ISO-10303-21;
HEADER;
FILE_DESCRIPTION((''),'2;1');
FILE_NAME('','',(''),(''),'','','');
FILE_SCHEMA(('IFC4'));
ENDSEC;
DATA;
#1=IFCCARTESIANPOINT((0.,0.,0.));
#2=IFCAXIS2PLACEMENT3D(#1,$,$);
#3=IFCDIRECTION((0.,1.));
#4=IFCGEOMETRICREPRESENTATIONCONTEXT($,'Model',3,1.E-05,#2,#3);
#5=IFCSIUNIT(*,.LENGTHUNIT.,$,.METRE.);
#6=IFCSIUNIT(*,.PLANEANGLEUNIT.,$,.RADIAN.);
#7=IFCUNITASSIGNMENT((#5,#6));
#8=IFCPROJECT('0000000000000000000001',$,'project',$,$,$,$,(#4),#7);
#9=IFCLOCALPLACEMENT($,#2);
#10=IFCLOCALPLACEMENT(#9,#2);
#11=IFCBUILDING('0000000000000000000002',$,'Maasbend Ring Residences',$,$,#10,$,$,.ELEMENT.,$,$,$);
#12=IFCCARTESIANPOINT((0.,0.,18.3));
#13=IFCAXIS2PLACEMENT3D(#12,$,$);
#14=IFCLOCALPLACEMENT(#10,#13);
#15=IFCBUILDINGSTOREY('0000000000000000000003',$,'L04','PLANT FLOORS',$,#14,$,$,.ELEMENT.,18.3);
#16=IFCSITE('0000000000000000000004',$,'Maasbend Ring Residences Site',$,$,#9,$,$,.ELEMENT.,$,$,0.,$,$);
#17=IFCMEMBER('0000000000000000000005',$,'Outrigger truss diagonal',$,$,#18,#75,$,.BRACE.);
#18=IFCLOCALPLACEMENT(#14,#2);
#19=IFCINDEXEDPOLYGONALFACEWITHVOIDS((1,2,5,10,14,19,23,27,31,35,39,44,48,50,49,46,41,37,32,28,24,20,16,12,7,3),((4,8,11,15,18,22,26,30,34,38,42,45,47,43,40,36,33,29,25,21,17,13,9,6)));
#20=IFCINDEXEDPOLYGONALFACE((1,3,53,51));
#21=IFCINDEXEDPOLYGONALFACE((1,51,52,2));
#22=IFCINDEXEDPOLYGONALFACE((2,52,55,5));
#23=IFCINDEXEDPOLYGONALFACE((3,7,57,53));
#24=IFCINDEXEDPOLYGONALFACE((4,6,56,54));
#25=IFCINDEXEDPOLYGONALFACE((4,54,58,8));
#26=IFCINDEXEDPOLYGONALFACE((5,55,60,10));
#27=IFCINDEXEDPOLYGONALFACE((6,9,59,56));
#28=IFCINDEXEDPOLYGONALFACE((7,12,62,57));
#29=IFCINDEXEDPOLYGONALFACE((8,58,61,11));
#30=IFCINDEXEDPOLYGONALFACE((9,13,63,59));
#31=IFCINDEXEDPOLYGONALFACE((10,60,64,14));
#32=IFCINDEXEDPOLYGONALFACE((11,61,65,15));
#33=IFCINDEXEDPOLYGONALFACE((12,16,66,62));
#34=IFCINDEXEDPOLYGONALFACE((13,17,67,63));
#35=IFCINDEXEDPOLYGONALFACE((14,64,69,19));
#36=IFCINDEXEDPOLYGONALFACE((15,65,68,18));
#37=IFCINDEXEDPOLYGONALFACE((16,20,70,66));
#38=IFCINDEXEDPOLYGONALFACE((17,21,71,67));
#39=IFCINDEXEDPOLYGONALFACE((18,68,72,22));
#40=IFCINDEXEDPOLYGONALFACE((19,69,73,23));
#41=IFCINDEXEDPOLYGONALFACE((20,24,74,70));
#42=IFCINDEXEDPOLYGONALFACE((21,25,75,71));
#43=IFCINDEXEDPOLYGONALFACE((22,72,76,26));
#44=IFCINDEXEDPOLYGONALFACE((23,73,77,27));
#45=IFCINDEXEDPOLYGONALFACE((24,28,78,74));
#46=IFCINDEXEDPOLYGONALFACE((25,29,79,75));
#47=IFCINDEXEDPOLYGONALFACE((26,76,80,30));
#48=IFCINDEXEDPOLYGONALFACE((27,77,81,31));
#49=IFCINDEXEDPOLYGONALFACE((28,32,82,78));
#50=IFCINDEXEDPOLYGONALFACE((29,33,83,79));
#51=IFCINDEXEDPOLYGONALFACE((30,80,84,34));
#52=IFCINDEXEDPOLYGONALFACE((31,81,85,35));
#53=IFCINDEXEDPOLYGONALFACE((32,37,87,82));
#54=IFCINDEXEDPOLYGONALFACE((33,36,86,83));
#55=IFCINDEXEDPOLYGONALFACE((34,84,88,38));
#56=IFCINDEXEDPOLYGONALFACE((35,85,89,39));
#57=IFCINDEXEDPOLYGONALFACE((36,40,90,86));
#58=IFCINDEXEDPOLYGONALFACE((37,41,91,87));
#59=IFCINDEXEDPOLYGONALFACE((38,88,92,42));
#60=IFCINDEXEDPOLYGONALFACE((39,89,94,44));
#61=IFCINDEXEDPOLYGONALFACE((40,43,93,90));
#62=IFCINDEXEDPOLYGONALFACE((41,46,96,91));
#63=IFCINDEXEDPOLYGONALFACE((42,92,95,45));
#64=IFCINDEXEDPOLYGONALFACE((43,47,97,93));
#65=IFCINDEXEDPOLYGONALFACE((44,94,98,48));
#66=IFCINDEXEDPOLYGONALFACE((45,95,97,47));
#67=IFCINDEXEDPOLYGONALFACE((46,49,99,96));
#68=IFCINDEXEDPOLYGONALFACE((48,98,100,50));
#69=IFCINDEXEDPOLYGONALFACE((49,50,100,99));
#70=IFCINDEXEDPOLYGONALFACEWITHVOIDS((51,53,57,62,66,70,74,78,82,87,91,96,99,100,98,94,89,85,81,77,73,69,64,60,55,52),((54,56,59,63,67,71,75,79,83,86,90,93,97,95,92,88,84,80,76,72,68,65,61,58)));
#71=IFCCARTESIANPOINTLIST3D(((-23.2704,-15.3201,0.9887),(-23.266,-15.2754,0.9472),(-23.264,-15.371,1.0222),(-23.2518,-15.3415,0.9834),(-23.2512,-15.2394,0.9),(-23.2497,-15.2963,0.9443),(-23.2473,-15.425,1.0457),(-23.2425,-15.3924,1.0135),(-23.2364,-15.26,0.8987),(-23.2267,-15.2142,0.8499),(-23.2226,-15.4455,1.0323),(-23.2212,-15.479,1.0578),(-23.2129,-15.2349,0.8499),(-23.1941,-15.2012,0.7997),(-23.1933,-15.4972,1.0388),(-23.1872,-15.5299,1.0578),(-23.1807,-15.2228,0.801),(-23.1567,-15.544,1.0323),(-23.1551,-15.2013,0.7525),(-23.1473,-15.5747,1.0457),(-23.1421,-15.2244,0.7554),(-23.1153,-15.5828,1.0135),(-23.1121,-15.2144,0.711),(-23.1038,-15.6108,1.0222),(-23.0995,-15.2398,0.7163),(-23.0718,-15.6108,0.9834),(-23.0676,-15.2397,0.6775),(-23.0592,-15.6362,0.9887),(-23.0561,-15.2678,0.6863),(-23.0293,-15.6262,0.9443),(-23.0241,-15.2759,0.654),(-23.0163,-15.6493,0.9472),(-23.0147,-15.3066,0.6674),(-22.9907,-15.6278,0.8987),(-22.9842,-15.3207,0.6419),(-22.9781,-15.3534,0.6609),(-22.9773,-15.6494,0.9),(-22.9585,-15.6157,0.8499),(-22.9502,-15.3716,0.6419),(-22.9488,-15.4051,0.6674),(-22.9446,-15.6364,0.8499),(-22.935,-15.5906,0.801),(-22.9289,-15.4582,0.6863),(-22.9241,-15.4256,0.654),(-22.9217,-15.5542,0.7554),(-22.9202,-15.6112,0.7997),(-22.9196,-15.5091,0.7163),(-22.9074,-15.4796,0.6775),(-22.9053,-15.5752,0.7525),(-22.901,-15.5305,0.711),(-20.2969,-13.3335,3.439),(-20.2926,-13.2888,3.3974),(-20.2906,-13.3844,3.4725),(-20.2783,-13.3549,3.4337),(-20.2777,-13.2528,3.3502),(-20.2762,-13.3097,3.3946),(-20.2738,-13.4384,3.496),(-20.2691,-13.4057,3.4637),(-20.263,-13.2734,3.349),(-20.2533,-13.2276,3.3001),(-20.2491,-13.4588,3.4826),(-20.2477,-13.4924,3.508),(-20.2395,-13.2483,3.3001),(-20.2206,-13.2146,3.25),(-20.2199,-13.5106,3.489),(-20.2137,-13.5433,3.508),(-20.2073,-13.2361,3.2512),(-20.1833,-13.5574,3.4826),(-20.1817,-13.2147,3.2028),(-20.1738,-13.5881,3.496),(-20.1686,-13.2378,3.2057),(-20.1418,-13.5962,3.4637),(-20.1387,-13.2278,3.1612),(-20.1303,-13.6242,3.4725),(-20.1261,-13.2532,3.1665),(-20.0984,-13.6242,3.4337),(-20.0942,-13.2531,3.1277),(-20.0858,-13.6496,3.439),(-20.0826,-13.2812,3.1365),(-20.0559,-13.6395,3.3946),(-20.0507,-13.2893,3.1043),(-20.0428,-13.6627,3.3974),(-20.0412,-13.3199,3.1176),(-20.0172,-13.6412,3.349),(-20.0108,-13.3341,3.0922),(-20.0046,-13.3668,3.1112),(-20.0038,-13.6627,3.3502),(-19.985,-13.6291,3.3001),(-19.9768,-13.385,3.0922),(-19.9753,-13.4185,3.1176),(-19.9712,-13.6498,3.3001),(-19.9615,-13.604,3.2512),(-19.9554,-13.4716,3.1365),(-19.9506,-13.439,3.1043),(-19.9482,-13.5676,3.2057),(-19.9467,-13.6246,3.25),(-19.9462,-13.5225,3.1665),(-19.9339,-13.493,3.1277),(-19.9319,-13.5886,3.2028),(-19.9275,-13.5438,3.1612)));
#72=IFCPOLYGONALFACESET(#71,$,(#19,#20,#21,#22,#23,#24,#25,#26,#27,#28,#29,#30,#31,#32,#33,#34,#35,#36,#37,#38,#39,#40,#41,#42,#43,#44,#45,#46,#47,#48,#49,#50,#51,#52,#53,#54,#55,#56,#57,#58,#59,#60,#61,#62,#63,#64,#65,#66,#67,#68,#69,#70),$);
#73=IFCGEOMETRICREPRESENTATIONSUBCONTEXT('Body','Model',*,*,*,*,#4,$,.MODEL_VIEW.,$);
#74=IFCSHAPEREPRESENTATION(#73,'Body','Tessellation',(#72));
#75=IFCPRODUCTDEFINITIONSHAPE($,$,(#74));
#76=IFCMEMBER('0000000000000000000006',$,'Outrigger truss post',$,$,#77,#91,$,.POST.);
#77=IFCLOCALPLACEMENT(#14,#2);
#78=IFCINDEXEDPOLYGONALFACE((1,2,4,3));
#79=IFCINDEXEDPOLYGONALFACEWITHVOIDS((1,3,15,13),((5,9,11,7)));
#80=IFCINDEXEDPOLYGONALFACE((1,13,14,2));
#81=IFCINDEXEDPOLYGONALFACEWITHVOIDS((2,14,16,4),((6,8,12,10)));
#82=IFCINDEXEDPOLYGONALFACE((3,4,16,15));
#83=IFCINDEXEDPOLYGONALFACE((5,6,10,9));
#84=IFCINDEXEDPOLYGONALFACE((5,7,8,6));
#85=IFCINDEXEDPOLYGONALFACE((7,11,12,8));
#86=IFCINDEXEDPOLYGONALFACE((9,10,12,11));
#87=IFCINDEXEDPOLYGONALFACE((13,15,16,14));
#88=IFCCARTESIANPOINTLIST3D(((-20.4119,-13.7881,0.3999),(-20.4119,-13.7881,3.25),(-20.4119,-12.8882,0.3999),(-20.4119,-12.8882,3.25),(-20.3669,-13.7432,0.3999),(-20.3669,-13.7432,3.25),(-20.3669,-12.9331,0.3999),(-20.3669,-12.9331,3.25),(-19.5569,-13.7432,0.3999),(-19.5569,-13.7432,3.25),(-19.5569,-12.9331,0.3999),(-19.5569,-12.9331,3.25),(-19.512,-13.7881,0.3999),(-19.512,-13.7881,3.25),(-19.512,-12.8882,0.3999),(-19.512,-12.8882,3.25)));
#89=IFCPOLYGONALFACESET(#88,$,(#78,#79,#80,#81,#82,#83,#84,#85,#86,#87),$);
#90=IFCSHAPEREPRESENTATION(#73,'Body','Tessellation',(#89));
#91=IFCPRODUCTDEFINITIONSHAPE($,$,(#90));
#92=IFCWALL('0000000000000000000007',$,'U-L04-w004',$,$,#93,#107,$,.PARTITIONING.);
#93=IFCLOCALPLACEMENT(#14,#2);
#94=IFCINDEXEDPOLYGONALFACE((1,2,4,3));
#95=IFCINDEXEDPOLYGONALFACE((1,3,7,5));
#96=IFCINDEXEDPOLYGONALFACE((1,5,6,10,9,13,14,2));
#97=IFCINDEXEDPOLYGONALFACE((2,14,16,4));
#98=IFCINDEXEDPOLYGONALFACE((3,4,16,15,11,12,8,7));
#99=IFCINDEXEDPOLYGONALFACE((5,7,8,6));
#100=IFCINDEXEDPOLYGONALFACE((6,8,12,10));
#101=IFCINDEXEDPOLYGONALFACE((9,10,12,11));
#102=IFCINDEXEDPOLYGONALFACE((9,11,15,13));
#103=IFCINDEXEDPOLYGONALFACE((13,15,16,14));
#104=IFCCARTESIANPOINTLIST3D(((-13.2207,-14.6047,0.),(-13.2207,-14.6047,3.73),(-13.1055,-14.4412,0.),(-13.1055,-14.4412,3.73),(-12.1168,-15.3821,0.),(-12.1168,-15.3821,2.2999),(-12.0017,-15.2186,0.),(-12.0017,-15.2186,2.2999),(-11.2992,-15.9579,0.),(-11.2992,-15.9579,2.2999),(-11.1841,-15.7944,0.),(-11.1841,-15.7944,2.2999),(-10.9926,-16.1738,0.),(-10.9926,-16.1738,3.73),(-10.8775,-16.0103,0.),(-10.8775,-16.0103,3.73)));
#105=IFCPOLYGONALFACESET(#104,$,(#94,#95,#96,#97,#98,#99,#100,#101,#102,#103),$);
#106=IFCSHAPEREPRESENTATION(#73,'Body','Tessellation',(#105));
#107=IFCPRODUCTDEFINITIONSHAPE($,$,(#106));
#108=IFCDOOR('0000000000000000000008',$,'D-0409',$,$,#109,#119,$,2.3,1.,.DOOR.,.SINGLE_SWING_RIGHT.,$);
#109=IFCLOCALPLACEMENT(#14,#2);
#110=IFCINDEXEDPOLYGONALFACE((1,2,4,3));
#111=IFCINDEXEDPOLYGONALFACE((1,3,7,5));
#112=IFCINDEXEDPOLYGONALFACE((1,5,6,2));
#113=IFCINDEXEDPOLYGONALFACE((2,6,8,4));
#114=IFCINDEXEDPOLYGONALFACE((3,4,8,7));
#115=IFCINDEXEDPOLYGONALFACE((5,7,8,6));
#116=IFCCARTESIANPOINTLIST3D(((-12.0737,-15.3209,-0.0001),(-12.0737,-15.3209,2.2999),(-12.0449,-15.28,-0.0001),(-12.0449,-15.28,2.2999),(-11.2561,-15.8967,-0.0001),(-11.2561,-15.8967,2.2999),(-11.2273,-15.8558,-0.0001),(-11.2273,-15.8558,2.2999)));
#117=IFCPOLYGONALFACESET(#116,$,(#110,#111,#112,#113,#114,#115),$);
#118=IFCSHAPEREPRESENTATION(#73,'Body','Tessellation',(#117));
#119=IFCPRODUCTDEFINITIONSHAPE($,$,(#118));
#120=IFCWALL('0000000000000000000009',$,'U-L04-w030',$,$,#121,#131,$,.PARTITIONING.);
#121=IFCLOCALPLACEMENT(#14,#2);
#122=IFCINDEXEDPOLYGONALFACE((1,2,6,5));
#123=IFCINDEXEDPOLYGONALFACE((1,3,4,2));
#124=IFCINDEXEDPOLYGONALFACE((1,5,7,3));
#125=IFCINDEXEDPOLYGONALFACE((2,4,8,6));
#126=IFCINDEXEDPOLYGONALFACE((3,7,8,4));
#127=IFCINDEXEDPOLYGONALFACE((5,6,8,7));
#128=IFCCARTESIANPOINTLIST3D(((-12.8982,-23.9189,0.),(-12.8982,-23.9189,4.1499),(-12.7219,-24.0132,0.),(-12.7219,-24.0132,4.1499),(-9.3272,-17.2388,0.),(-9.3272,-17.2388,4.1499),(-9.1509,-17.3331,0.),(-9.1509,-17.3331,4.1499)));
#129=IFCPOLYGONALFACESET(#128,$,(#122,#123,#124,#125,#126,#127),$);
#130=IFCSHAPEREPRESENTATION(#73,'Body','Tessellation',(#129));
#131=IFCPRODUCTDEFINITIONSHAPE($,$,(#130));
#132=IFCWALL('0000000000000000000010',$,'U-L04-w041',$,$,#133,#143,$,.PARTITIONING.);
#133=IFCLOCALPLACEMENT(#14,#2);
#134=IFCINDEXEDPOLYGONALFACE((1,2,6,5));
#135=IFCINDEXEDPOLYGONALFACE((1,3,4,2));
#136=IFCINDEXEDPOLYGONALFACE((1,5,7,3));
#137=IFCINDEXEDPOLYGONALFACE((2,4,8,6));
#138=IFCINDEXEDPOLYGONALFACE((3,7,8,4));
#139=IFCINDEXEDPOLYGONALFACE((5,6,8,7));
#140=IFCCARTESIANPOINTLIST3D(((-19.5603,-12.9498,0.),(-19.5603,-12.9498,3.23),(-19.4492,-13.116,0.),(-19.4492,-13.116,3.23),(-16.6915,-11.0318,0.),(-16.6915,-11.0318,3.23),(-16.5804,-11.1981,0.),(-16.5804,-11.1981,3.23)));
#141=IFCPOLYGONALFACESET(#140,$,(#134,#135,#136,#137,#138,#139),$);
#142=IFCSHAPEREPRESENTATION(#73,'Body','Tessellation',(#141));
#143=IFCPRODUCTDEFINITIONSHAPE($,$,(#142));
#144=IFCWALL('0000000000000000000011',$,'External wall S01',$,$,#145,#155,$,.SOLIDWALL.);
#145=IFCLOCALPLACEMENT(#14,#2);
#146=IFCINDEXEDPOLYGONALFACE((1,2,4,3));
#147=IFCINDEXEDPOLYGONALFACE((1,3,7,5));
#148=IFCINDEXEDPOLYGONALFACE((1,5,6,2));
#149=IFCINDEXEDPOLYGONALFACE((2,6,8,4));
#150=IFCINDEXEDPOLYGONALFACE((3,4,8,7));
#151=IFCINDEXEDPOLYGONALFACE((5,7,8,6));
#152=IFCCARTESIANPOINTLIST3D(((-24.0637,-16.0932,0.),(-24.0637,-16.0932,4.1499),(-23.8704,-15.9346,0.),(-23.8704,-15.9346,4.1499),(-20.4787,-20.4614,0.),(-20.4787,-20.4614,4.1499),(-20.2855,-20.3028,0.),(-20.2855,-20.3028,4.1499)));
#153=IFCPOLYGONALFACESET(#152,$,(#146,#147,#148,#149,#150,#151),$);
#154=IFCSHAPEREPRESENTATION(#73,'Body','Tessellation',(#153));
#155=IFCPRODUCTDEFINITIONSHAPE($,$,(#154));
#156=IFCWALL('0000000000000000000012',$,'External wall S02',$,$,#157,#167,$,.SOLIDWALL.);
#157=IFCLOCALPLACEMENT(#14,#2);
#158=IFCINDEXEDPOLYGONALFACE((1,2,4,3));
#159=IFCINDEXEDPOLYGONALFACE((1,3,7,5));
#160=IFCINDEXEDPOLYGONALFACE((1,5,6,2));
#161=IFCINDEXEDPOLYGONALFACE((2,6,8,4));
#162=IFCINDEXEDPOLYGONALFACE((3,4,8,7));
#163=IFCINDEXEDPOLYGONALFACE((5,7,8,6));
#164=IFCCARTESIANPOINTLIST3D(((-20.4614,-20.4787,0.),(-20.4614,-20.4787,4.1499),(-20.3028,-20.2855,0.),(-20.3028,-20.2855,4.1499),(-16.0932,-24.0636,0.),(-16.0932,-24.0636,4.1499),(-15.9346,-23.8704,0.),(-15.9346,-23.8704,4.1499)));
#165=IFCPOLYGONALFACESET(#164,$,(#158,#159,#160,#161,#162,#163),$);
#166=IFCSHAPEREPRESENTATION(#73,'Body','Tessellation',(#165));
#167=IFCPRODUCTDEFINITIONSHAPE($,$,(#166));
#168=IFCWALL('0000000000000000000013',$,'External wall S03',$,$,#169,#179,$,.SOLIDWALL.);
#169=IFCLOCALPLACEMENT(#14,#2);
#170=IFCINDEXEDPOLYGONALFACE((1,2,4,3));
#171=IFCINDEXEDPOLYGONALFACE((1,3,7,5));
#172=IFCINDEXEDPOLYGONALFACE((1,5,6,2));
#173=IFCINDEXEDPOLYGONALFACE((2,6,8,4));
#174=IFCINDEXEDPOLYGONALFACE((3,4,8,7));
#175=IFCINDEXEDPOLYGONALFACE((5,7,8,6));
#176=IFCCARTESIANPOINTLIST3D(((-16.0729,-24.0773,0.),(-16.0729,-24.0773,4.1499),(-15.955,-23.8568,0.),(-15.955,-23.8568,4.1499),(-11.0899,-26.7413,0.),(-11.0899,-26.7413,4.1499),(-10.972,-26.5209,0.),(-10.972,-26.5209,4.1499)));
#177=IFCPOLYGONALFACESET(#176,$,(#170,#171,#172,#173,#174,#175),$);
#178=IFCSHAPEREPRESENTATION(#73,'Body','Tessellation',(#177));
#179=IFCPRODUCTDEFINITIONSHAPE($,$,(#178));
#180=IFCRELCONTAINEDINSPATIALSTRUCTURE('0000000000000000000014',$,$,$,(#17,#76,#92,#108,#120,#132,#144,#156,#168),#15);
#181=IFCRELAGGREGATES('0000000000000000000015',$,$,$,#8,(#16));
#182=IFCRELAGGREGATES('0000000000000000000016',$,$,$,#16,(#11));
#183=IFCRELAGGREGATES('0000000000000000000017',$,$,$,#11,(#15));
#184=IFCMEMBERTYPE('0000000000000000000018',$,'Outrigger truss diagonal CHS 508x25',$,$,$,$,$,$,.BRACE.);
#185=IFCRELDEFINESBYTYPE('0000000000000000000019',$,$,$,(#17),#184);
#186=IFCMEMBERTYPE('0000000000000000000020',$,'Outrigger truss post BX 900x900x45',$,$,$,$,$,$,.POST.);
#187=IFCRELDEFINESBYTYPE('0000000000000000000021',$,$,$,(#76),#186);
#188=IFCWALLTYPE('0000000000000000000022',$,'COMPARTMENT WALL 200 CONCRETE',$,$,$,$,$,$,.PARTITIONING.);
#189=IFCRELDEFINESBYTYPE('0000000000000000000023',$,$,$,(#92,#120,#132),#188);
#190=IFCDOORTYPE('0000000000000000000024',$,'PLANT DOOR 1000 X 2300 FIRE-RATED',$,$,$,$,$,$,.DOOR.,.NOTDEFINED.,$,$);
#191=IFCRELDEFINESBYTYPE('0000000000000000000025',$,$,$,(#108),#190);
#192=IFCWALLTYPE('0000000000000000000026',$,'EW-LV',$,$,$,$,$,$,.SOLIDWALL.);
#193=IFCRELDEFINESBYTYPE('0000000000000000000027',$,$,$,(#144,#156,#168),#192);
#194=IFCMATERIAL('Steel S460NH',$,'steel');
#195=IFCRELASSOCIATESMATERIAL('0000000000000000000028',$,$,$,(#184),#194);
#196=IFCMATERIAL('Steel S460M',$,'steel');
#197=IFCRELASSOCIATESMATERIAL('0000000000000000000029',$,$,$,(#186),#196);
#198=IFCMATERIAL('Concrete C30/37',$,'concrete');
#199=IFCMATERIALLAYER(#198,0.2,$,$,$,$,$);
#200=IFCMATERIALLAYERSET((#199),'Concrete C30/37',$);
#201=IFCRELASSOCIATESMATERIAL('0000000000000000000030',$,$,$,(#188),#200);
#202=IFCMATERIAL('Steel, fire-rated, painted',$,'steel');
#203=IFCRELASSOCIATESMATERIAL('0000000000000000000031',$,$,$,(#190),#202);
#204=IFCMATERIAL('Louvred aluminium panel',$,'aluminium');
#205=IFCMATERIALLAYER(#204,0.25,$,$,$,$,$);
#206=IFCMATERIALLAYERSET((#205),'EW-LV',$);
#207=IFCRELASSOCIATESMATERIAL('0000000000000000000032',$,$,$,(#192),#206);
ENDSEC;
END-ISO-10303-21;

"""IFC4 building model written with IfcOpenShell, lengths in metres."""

from ifc_helpers import new_model, si_unit, direction, frame, frame_2d, origin, origin_2d, place, context, subcontext, project, spatial, rectangle, hollow_rectangle, hollow_circle, extrude, material, layer, layer_set, material_profile, profile_set, type_object, element, fill, save


model = new_model("IFC4")

# Units and contexts
model_context = context("Model", 3, precision=1e-05, world=origin(), true_north=direction((0.0, 1.0)))
body_context = subcontext(model_context, "Body", "Model", "MODEL_VIEW")
ifc_project = project(units=[si_unit("LENGTHUNIT", "METRE"), si_unit("PLANEANGLEUNIT", "RADIAN")], contexts=[model_context])

# Site, building, storey
site_placement = place(None, origin())
site = spatial("IfcSite", under=ifc_project, at=site_placement, Name="Maasbend Ring Residences Site", CompositionType="ELEMENT", RefElevation=0.0)
building_placement = place(site_placement, origin())
building = spatial("IfcBuilding", under=site, at=building_placement, Name="Maasbend Ring Residences", CompositionType="ELEMENT")
storey_placement = place(building_placement, frame((0.0, 0.0, 18.3)))
storey = spatial("IfcBuildingStorey", under=building, at=storey_placement, Name="L04", Description="PLANT FLOORS", CompositionType="ELEMENT", Elevation=18.3)

# Members
ifc_material_1 = material(Name="Steel S460NH", Category="steel")
ifc_material_profile_1 = material_profile(ifc_material_1, hollow_circle(Radius=0.2539, WallThickness=0.0249, at=origin_2d()), Name="Outrigger truss diagonal CHS 508x25")
ifc_profile_set_1 = profile_set([ifc_material_profile_1], Name="Steel S460NH")
member_type_1 = type_object("IfcMemberType", Name="Outrigger truss diagonal CHS 508x25", PredefinedType="BRACE", material=ifc_profile_set_1)
member_1_placement = place(storey_placement, frame((-23.0857, -15.4253, 0.8499), z_axis=(0.685926, 0.458279, 0.565231), x_axis=(-0.555535, 0.831493, 0.0)))
element("IfcMember", 1, at=member_1_placement, inside=storey, type_object=member_type_1, Name="Outrigger truss diagonal", PredefinedType="BRACE", context=body_context, shape_type="SweptSolid", body=[
    extrude(hollow_circle(Radius=0.2539, WallThickness=0.0249, at=origin_2d()), origin(), (0.0, 0.0, 1.0), 4.335),
])
ifc_material_2 = material(Name="Steel S460M", Category="steel")
ifc_material_profile_2 = material_profile(ifc_material_2, hollow_rectangle(XDim=0.8999, YDim=0.8999, WallThickness=0.0449, at=origin_2d()), Name="Outrigger truss post BX 900x900x45")
ifc_profile_set_2 = profile_set([ifc_material_profile_2], Name="Steel S460M")
member_type_2 = type_object("IfcMemberType", Name="Outrigger truss post BX 900x900x45", PredefinedType="POST", material=ifc_profile_set_2)
member_2_placement = place(storey_placement, frame((-19.9619, -13.3381, 0.3999), z_axis=(0.0, 0.0, 1.0), x_axis=(1.0, 0.0, 0.0)))
element("IfcMember", 2, at=member_2_placement, inside=storey, type_object=member_type_2, Name="Outrigger truss post", PredefinedType="POST", context=body_context, shape_type="SweptSolid", body=[
    extrude(hollow_rectangle(XDim=0.8999, YDim=0.8999, WallThickness=0.0449, at=origin_2d()), origin(), (0.0, 0.0, 1.0), 2.8501),
])

# Wall, opening, door
ifc_material_3 = material(Name="Concrete C30/37", Category="concrete")
ifc_layer_1 = layer(ifc_material_3, 0.2)
ifc_layer_set_1 = layer_set([ifc_layer_1], Name="Concrete C30/37")
wall_type_1 = type_object("IfcWallType", Name="COMPARTMENT WALL 200 CONCRETE", PredefinedType="PARTITIONING", material=ifc_layer_set_1)
wall_1_placement = place(storey_placement, frame((-13.1631, -14.5229, 0.0), z_axis=(0.0, 0.0, 1.0), x_axis=(0.817596, -0.575793, 0.0)))
wall_1 = element("IfcWall", 3, at=wall_1_placement, inside=storey, type_object=wall_type_1, Name="U-L04-w004", PredefinedType="PARTITIONING", context=body_context, shape_type="SweptSolid", body=[
    extrude(rectangle(XDim=2.7251, YDim=0.2, at=frame_2d((1.3625, 0.0))), origin(), (0.0, 0.0, 1.0), 3.73),
])
opening_placement = place(wall_1_placement, frame((1.3501, 0.0, 0.0)))
opening = element("IfcOpeningElement", 4, at=opening_placement, cuts=wall_1, PredefinedType="OPENING", context=body_context, shape_type="SweptSolid", body=[
    extrude(rectangle(XDim=1.0, YDim=2.3, at=frame_2d((0.5, 1.1499))), frame((0.0, 0.1099, 0.0), z_axis=(0.0, -1.0, 0.0), x_axis=(1.0, 0.0, 0.0)), (0.0, 0.0, 1.0), 0.22),
])
ifc_material_4 = material(Name="Steel, fire-rated, painted", Category="steel")
door_type = type_object("IfcDoorType", Name="PLANT DOOR 1000 X 2300 FIRE-RATED", OperationType="NOTDEFINED", PredefinedType="DOOR", material=ifc_material_4)
door_placement = place(opening_placement, origin())
door = element("IfcDoor", 5, at=door_placement, inside=storey, type_object=door_type, Name="D-0409", OperationType="SINGLE_SWING_RIGHT", OverallHeight=2.3, OverallWidth=1.0, PredefinedType="DOOR", context=body_context, shape_type="SweptSolid", body=[
    extrude(rectangle(XDim=1.0, YDim=2.3, at=frame_2d((0.5, 1.1499))), frame((0.0, 0.0249, 0.0), z_axis=(0.0, -1.0, 0.0), x_axis=(1.0, 0.0, 0.0)), (0.0, 0.0, 1.0), 0.05),
])
fill(opening, door)

# Walls
wall_2_placement = place(storey_placement, frame((-12.8101, -23.9661, 0.0), z_axis=(0.0, 0.0, 1.0), x_axis=(0.47144, 0.881898, 0.0)))
element("IfcWall", 6, at=wall_2_placement, inside=storey, type_object=wall_type_1, Name="U-L04-w030", PredefinedType="PARTITIONING", context=body_context, shape_type="SweptSolid", body=[
    extrude(rectangle(XDim=7.5747, YDim=0.2, at=frame_2d((3.7874, 0.0))), origin(), (0.0, 0.0, 1.0), 4.1499),
])
wall_3_placement = place(storey_placement, frame((-19.5049, -13.033, 0.0), z_axis=(0.0, 0.0, 1.0), x_axis=(0.831331, 0.555777, 0.0)))
element("IfcWall", 7, at=wall_3_placement, inside=storey, type_object=wall_type_1, Name="U-L04-w041", PredefinedType="PARTITIONING", context=body_context, shape_type="SweptSolid", body=[
    extrude(rectangle(XDim=3.4509, YDim=0.2, at=frame_2d((1.7256, 0.0))), origin(), (0.0, 0.0, 1.0), 3.23),
])
ifc_material_5 = material(Name="Louvred aluminium panel", Category="aluminium")
ifc_layer_2 = layer(ifc_material_5, 0.25)
ifc_layer_set_2 = layer_set([ifc_layer_2], Name="EW-LV")
wall_type_2 = type_object("IfcWallType", Name="EW-LV", PredefinedType="SOLIDWALL", material=ifc_layer_set_2)
for number, where, z_axis, x_axis, name in (
    (8, (-23.967, -16.0139, 0.0), (0.0, 0.0, 1.0), (0.634404, -0.773002, 0.0), "External wall S01"),
    (9, (-20.3821, -20.3821, 0.0), (0.0, 0.0, 1.0), (0.773002, -0.634404, 0.0), "External wall S02"),
):
    element("IfcWall", number, at=place(storey_placement, frame(where, z_axis=z_axis, x_axis=x_axis)), inside=storey, type_object=wall_type_2, Name=name, PredefinedType="SOLIDWALL", context=body_context, shape_type="SweptSolid", body=[
        extrude(rectangle(XDim=5.6509, YDim=0.25, at=frame_2d((2.8254, 0.0))), origin(), (0.0, 0.0, 1.0), 4.1499),
    ])
wall_4_placement = place(storey_placement, frame((-16.0139, -23.967, 0.0), z_axis=(0.0, 0.0, 1.0), x_axis=(0.881874, -0.471485, 0.0)))
element("IfcWall", 10, at=wall_4_placement, inside=storey, type_object=wall_type_2, Name="External wall S03", PredefinedType="SOLIDWALL", context=body_context, shape_type="SweptSolid", body=[
    extrude(rectangle(XDim=5.6504, YDim=0.25, at=frame_2d((2.8252, 0.0))), origin(), (0.0, 0.0, 1.0), 4.1499),
])

save(model, "model.ifc")
